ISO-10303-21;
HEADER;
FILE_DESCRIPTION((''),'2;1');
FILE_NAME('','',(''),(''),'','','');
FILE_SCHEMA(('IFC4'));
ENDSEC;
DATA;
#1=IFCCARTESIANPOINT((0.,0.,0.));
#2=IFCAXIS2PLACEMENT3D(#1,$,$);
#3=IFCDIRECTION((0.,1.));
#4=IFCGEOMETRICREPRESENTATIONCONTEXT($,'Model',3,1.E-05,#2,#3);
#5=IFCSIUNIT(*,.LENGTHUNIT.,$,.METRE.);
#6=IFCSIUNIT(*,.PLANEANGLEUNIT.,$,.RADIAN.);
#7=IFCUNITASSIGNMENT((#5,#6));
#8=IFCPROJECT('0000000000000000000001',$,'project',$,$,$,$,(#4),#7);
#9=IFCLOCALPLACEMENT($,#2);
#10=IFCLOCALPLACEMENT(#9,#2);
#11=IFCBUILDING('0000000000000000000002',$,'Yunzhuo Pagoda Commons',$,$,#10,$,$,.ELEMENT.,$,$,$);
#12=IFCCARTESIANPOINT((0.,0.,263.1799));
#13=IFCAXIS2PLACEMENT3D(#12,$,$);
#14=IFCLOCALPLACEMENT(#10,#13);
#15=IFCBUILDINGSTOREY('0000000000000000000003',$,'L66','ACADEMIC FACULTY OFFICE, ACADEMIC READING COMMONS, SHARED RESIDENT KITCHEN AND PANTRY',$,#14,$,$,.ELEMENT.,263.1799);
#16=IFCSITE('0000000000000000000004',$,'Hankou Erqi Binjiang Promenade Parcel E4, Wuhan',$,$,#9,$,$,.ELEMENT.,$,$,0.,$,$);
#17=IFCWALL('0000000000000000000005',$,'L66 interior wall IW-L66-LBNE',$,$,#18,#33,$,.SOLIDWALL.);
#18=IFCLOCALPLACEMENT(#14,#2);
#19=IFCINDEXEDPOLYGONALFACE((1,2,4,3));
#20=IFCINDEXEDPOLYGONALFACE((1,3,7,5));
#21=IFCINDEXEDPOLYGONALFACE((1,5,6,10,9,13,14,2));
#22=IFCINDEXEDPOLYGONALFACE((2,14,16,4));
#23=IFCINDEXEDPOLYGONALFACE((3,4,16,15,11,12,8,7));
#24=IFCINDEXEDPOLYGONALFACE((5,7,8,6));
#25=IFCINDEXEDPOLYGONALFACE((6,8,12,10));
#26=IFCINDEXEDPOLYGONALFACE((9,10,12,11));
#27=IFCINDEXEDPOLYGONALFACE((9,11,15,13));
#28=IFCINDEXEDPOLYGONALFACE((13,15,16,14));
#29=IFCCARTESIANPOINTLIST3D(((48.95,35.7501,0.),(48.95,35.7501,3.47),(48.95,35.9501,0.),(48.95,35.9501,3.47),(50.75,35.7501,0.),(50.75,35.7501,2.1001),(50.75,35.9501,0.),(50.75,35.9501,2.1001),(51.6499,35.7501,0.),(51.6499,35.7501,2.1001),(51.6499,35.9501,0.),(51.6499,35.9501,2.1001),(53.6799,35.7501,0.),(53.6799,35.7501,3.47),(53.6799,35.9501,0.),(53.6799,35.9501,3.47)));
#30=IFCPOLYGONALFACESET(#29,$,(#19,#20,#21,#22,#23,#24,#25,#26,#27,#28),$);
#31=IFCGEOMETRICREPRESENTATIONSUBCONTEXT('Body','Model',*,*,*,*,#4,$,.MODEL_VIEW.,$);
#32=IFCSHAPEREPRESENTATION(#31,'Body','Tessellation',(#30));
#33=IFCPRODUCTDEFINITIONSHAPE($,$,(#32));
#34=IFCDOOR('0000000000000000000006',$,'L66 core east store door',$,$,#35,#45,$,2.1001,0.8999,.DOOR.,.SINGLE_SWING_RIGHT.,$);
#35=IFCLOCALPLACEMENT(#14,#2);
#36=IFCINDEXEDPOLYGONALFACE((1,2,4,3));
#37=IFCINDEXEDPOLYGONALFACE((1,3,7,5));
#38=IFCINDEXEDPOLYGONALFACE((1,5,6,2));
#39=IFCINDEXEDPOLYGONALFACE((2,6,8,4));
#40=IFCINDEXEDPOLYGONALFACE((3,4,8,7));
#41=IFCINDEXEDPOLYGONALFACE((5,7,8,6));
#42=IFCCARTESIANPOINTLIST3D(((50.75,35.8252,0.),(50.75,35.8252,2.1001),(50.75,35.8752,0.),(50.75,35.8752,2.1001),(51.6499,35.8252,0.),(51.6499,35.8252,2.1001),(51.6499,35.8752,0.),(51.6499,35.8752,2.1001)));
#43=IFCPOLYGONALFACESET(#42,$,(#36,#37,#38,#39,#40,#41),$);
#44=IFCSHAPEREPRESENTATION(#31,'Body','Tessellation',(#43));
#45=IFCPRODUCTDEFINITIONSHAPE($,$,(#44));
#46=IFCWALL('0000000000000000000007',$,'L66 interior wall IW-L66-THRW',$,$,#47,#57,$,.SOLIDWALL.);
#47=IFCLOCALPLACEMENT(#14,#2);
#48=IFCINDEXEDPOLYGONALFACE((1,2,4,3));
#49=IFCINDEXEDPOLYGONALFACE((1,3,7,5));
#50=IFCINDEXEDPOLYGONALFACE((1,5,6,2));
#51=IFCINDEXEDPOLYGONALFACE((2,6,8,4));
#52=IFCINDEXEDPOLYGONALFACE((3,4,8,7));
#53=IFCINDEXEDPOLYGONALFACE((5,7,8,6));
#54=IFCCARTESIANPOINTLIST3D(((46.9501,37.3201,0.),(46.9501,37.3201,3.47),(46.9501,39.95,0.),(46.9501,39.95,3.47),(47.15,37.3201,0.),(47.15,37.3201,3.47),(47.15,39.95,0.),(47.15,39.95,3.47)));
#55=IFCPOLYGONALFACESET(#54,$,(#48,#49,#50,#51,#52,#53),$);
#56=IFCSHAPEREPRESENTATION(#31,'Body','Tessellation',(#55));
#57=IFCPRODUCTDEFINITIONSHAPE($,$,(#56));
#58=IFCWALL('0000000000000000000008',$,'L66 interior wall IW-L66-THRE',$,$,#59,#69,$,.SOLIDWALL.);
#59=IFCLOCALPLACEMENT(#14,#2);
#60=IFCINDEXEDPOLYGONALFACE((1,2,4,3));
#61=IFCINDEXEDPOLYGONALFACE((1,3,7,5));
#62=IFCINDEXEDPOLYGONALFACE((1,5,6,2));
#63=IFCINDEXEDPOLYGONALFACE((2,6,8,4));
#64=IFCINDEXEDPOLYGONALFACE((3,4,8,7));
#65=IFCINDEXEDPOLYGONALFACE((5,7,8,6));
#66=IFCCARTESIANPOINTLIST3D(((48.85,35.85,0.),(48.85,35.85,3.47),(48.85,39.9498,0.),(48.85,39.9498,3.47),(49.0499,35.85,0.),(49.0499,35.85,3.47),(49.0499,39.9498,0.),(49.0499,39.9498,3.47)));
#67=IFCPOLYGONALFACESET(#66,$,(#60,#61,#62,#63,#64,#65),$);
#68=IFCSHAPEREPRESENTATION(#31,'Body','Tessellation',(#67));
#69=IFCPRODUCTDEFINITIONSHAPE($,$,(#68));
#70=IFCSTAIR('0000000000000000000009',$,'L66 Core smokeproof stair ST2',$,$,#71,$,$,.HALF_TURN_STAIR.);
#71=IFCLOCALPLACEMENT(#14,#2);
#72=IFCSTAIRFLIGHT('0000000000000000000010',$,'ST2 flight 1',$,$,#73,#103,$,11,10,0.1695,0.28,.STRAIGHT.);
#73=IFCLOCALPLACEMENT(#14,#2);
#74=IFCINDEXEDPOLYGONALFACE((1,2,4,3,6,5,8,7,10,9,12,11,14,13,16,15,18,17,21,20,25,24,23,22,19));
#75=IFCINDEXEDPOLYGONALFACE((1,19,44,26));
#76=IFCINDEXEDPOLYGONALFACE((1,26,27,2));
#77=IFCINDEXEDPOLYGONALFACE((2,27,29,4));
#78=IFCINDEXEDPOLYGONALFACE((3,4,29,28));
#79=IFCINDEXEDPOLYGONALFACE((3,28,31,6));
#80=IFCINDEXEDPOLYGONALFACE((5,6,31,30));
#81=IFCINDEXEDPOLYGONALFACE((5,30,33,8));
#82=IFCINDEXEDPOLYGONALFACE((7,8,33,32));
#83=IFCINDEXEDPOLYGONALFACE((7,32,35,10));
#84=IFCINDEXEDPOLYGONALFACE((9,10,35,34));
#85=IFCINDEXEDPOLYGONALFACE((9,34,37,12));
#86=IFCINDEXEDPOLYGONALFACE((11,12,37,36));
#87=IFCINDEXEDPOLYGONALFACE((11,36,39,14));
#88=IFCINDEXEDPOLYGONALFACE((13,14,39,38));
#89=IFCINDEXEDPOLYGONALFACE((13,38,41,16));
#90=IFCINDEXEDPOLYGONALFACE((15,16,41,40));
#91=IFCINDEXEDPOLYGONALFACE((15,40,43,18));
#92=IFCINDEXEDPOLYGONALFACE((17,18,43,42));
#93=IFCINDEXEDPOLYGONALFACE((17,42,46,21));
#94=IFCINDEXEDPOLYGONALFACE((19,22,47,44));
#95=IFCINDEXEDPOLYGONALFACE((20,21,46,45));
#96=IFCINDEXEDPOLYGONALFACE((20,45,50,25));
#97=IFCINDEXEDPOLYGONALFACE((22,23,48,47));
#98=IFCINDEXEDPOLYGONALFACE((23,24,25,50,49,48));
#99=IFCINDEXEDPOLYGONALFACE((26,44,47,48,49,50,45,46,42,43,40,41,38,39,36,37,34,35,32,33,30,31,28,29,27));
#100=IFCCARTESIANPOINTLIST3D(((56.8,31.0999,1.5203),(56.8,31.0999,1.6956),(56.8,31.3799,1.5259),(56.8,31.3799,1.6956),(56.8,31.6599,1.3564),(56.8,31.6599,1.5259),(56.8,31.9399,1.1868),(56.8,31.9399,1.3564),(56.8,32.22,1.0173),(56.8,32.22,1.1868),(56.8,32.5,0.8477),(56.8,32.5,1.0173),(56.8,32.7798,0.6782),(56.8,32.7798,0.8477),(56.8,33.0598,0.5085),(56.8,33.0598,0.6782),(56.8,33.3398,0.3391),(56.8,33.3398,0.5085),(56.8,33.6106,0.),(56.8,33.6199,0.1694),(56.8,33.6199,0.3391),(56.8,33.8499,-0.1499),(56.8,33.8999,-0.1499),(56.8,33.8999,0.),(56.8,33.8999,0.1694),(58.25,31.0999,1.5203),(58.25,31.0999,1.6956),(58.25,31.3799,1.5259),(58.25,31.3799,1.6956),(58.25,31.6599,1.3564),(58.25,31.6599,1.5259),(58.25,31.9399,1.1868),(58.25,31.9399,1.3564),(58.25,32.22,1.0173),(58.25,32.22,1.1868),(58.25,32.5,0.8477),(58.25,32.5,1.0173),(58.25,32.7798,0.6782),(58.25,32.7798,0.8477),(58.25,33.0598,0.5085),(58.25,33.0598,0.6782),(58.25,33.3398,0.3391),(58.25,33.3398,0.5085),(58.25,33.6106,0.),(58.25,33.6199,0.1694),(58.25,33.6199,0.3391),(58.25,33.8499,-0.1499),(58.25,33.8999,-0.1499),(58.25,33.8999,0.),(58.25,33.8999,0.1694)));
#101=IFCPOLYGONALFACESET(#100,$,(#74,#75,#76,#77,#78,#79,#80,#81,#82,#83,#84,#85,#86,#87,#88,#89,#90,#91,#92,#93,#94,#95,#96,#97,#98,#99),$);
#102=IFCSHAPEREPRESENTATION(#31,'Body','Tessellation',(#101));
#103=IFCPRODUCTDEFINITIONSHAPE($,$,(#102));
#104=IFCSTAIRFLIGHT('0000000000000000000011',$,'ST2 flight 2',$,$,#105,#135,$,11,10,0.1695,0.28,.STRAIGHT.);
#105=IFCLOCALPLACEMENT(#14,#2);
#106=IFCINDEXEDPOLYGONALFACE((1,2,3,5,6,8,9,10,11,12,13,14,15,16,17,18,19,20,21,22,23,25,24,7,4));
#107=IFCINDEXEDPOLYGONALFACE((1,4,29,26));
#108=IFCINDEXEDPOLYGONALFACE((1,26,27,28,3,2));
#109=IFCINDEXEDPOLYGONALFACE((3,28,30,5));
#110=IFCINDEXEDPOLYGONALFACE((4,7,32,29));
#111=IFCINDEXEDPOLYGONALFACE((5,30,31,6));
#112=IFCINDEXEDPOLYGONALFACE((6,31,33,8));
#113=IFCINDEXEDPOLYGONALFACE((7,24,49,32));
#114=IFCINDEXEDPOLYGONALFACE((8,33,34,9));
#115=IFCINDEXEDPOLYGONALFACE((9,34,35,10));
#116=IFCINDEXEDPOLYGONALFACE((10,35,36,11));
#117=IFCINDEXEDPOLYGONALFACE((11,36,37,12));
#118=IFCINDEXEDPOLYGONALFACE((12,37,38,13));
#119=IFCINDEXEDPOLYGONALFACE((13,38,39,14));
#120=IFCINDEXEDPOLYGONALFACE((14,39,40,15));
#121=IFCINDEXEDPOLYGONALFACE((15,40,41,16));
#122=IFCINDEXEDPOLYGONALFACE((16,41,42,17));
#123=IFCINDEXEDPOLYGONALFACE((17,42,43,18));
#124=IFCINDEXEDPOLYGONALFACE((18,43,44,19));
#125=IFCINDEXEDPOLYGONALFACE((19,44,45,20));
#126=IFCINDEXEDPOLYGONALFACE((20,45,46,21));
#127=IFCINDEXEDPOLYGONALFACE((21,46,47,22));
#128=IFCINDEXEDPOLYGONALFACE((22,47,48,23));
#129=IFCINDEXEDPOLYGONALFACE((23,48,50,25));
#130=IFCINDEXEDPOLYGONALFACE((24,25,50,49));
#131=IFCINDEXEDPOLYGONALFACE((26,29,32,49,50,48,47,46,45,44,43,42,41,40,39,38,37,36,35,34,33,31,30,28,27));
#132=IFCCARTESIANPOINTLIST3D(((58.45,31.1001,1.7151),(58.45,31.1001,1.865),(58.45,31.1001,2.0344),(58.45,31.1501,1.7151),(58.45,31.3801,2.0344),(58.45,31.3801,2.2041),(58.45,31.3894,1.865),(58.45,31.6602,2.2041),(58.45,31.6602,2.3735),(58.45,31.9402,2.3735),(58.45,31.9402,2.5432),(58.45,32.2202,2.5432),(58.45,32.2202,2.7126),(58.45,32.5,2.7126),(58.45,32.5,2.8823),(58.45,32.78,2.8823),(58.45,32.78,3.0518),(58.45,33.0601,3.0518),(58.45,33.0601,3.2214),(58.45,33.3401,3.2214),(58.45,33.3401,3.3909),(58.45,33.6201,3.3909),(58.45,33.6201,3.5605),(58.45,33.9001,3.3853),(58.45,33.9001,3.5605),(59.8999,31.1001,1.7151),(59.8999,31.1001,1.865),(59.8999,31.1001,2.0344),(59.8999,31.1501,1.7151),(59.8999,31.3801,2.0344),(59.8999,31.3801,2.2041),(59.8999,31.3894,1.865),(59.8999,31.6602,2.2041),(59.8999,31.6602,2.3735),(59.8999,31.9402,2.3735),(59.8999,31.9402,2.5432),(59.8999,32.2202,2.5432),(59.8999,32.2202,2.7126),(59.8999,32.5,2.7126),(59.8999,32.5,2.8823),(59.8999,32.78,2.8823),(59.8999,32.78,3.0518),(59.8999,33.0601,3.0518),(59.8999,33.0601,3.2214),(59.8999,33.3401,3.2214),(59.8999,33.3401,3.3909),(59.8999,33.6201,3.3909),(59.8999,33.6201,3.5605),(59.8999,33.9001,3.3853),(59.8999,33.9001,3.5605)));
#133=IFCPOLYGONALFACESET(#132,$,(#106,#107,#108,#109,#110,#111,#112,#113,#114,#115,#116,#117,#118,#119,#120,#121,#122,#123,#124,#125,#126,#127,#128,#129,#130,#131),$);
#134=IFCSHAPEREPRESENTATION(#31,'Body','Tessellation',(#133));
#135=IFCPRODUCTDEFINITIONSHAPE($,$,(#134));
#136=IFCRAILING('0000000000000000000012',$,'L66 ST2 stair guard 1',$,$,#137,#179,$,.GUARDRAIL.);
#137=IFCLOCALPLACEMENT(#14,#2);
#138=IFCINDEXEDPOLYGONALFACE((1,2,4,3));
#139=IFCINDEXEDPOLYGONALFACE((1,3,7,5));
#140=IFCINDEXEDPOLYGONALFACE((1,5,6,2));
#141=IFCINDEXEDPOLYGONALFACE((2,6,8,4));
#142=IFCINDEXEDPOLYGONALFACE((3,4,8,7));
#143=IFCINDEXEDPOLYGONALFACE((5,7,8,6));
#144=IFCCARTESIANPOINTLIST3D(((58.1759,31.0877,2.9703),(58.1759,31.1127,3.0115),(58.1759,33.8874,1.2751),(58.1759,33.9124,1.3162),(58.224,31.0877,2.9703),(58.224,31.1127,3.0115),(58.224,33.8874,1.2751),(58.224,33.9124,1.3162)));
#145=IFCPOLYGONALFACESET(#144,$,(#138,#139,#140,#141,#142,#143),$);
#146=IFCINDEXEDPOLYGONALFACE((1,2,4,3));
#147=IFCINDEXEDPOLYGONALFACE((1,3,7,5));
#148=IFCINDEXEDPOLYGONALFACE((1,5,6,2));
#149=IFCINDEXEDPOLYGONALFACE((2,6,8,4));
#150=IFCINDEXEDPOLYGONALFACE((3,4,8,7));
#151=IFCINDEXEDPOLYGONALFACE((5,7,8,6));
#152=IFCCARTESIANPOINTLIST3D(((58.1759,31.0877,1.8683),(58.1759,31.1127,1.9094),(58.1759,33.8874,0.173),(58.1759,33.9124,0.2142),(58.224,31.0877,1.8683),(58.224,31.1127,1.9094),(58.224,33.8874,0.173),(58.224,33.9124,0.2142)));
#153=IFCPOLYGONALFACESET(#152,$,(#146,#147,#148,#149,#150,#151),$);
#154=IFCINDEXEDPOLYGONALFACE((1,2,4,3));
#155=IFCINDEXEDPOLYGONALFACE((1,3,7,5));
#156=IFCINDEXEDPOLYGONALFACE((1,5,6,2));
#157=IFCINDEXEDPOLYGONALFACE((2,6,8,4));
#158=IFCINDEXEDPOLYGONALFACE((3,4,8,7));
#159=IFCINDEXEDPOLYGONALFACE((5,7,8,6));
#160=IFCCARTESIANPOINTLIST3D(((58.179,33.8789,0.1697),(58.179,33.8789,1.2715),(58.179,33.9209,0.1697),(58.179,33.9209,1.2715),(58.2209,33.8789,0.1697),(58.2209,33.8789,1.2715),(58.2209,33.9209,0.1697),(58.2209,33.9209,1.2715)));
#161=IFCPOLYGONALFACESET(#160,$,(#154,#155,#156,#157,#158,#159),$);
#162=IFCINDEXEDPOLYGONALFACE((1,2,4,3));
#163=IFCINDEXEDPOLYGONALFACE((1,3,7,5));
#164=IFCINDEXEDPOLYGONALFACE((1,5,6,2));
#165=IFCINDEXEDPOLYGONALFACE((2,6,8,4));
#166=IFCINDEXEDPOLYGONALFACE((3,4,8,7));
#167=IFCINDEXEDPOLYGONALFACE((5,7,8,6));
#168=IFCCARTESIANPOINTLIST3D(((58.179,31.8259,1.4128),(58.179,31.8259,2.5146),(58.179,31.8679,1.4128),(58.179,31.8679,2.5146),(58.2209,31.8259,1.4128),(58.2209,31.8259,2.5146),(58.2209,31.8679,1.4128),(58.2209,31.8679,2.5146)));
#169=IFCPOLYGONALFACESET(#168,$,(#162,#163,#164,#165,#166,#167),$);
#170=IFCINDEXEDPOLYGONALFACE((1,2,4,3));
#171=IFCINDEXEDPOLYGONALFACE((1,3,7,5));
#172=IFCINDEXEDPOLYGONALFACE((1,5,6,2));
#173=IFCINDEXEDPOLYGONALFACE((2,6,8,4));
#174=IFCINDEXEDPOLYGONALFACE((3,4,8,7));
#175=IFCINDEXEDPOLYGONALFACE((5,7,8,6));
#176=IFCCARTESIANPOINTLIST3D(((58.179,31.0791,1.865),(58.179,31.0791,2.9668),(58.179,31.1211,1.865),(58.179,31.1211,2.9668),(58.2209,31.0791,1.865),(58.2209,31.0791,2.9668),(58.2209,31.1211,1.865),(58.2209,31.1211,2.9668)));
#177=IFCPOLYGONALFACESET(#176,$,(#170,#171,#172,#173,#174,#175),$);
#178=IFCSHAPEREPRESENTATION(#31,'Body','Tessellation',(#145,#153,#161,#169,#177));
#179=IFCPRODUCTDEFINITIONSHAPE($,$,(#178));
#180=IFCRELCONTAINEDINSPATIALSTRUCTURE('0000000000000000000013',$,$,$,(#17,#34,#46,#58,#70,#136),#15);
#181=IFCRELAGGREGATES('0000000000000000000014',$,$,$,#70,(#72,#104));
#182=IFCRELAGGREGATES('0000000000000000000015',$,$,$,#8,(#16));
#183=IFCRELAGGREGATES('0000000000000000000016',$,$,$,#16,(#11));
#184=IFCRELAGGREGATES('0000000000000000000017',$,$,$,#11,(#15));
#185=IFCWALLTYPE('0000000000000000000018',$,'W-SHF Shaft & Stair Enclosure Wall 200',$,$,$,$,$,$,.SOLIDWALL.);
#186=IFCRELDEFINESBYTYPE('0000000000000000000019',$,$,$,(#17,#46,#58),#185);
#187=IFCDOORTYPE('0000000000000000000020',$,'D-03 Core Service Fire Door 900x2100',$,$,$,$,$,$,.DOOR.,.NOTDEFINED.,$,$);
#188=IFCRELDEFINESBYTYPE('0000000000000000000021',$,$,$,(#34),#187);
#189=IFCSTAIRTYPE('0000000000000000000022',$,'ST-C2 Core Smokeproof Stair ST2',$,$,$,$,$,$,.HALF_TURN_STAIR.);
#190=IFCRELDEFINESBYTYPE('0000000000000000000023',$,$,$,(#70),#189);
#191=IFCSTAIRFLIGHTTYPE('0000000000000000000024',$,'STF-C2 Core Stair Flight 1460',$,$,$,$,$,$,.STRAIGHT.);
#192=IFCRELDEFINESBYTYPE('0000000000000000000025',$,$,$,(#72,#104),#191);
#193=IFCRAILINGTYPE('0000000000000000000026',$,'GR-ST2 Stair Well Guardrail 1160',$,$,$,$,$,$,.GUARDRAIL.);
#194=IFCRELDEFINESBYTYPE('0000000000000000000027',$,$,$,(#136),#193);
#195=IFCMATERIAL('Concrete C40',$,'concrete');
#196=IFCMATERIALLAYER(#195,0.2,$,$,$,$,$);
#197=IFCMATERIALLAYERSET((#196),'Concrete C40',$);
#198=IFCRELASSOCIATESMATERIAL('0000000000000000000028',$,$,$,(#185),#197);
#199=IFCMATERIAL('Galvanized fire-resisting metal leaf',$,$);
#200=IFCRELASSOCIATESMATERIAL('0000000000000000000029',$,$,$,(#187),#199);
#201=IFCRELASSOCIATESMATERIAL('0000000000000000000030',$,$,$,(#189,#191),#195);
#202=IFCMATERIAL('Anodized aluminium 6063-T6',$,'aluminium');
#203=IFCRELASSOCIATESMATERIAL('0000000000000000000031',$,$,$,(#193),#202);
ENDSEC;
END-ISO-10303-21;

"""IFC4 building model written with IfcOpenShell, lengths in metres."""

from ifc_helpers import new_model, si_unit, direction, frame, frame_2d, origin, origin_2d, place, context, subcontext, project, spatial, polyline, rectangle, outline, extrude, source, transform, mapped, material, layer, layer_set, type_object, element, fill, aggregate, save


model = new_model("IFC4")

# Units and contexts
model_context = context("Model", 3, precision=1e-05, world=origin(), true_north=direction((0.0, 1.0)))
body_context = subcontext(model_context, "Body", "Model", "MODEL_VIEW")
ifc_project = project(units=[si_unit("LENGTHUNIT", "METRE"), si_unit("PLANEANGLEUNIT", "RADIAN")], contexts=[model_context])

# Site, building, storey
site_placement = place(None, origin())
site = spatial("IfcSite", under=ifc_project, at=site_placement, Name="Hankou Erqi Binjiang Promenade Parcel E4, Wuhan", CompositionType="ELEMENT", RefElevation=0.0)
building_placement = place(site_placement, origin())
building = spatial("IfcBuilding", under=site, at=building_placement, Name="Yunzhuo Pagoda Commons", CompositionType="ELEMENT")
storey_placement = place(building_placement, frame((0.0, 0.0, 263.1799)))
storey = spatial("IfcBuildingStorey", under=building, at=storey_placement, Name="L66", Description="ACADEMIC FACULTY OFFICE, ACADEMIC READING COMMONS, SHARED RESIDENT KITCHEN AND PANTRY", CompositionType="ELEMENT", Elevation=263.1799)

# Shared definitions
ifc_material_1 = material(Name="Galvanized fire-resisting metal leaf")

# Shared definitions
ifc_material_2 = material(Name="Concrete C40", Category="concrete")
ifc_layer_1 = layer(ifc_material_2, 0.2)
ifc_layer_set_1 = layer_set([ifc_layer_1], Name="Concrete C40")
wall_type_1 = type_object("IfcWallType", Name="W-SHF Shaft & Stair Enclosure Wall 200", PredefinedType="SOLIDWALL", material=ifc_layer_set_1)

# Wall, opening, door
wall_1_placement = place(storey_placement, frame((48.95, 35.8501, 0.0), z_axis=(0.0, 0.0, 1.0), x_axis=(1.0, 0.0, 0.0)))
wall_1 = element("IfcWall", 1, at=wall_1_placement, inside=storey, type_object=wall_type_1, Name="L66 interior wall IW-L66-LBNE", PredefinedType="SOLIDWALL", context=body_context, shape_type="SweptSolid", body=[
    extrude(rectangle(XDim=4.73, YDim=0.2, at=frame_2d((2.365, 0.0))), origin(), (0.0, 0.0, 1.0), 3.47),
])
opening_1_placement = place(wall_1_placement, frame((1.8, 0.0, 0.0)))
opening_1 = element("IfcOpeningElement", 2, at=opening_1_placement, cuts=wall_1, PredefinedType="OPENING", context=body_context, shape_type="SweptSolid", body=[
    extrude(rectangle(XDim=0.8999, YDim=2.1001, at=frame_2d((0.45, 1.05))), frame((0.0, 0.1099, 0.0), z_axis=(0.0, -1.0, 0.0), x_axis=(1.0, 0.0, 0.0)), (0.0, 0.0, 1.0), 0.22),
])
door_type_1 = type_object("IfcDoorType", Name="D-03 Core Service Fire Door 900x2100", OperationType="NOTDEFINED", PredefinedType="DOOR", material=ifc_material_1)
shared_shape_1 = source(origin(), body_context, "Body", "SweptSolid", [
    extrude(rectangle(XDim=0.8999, YDim=2.1001, at=frame_2d((0.45, 1.05))), frame((0.0, 0.0249, 0.0), z_axis=(0.0, -1.0, 0.0), x_axis=(1.0, 0.0, 0.0)), (0.0, 0.0, 1.0), 0.05),
])
door_1_placement = place(opening_1_placement, frame((0.8999, 0.0, 0.0), z_axis=(0.0, 0.0, 1.0), x_axis=(-1.0, 0.0, 0.0)))
door_1 = element("IfcDoor", 3, at=door_1_placement, inside=storey, type_object=door_type_1, Name="L66 core east store door", OperationType="SINGLE_SWING_RIGHT", OverallHeight=2.1001, OverallWidth=0.8999, PredefinedType="DOOR", context=body_context, shape_type="MappedRepresentation", body=[
    mapped(shared_shape_1, transform((0.0, 0.0, 0.0), scale=1.0)),
])
fill(opening_1, door_1)

# Walls
wall_2_placement = place(storey_placement, frame((47.05, 37.3201, 0.0), z_axis=(0.0, 0.0, 1.0), x_axis=(0.0, 1.0, 0.0)))
element("IfcWall", 4, at=wall_2_placement, inside=storey, type_object=wall_type_1, Name="L66 interior wall IW-L66-THRW", PredefinedType="SOLIDWALL", context=body_context, shape_type="SweptSolid", body=[
    extrude(rectangle(XDim=2.6299, YDim=0.2, at=frame_2d((1.3149, 0.0))), origin(), (0.0, 0.0, 1.0), 3.47),
])
wall_3_placement = place(storey_placement, frame((48.95, 35.8501, 0.0), z_axis=(0.0, 0.0, 1.0), x_axis=(0.0, 1.0, 0.0)))
element("IfcWall", 5, at=wall_3_placement, inside=storey, type_object=wall_type_1, Name="L66 interior wall IW-L66-THRE", PredefinedType="SOLIDWALL", context=body_context, shape_type="SweptSolid", body=[
    extrude(rectangle(XDim=4.0999, YDim=0.2, at=frame_2d((2.0498, 0.0))), origin(), (0.0, 0.0, 1.0), 3.47),
])

# Stair, stair flights
stair_type = type_object("IfcStairType", Name="ST-C2 Core Smokeproof Stair ST2", PredefinedType="HALF_TURN_STAIR", material=ifc_material_2)
stair_placement = place(storey_placement, origin())
stair = element("IfcStair", 6, at=stair_placement, inside=storey, type_object=stair_type, Name="L66 Core smokeproof stair ST2", PredefinedType="HALF_TURN_STAIR")
stair_flight_type = type_object("IfcStairFlightType", Name="STF-C2 Core Stair Flight 1460", PredefinedType="STRAIGHT", material=ifc_material_2)
shared_shape_2 = source(origin(), body_context, "Body", "SweptSolid", [
    extrude(outline(polyline([(0.0, -0.1499), (0.0, 0.0), (0.0, 0.1694), (0.28, 0.1694), (0.28, 0.3391), (0.5601, 0.3391), (0.5601, 0.5085), (0.8401, 0.5085), (0.8401, 0.6782), (1.1201, 0.6782), (1.1201, 0.8477), (1.3999, 0.8477), (1.3999, 1.0173), (1.6799, 1.0173), (1.6799, 1.1868), (1.96, 1.1868), (1.96, 1.3564), (2.24, 1.3564), (2.24, 1.5259), (2.52, 1.5259), (2.52, 1.6956), (2.8, 1.6956), (2.8, 1.865), (2.8, 1.5203), (0.2893, 0.0), (0.05, -0.1499), (0.0, -0.1499)])), frame((0.0, 0.7251, 0.0), z_axis=(0.0, -1.0, 0.0), x_axis=(1.0, 0.0, 0.0)), (0.0, 0.0, 1.0), 1.45),
])
stair_flight_1_placement = place(storey_placement, frame((57.5249, 33.8999, 0.0), z_axis=(0.0, 0.0, 1.0), x_axis=(0.0, -1.0, 0.0)))
stair_flight_1 = element("IfcStairFlight", 7, at=stair_flight_1_placement, type_object=stair_flight_type, Name="ST2 flight 1", NumberOfRisers=11, NumberOfTreads=10, PredefinedType="STRAIGHT", RiserHeight=0.1695, TreadLength=0.28, context=body_context, shape_type="MappedRepresentation", body=[
    mapped(shared_shape_2, transform((0.0, 0.0, 0.0), scale=1.0)),
])
stair_flight_2_placement = place(storey_placement, frame((59.175, 31.1001, 1.865), z_axis=(0.0, 0.0, 1.0), x_axis=(0.0, 1.0, 0.0)))
stair_flight_2 = element("IfcStairFlight", 8, at=stair_flight_2_placement, type_object=stair_flight_type, Name="ST2 flight 2", NumberOfRisers=11, NumberOfTreads=10, PredefinedType="STRAIGHT", RiserHeight=0.1695, TreadLength=0.28, context=body_context, shape_type="MappedRepresentation", body=[
    mapped(shared_shape_2, transform((0.0, 0.0, 0.0), scale=1.0)),
])
aggregate(stair, [stair_flight_1, stair_flight_2])

# Railing
ifc_material_3 = material(Name="Anodized aluminium 6063-T6", Category="aluminium")
railing_type_1 = type_object("IfcRailingType", Name="GR-ST2 Stair Well Guardrail 1160", PredefinedType="GUARDRAIL", material=ifc_material_3)
railing_1_placement = place(storey_placement, frame((58.2, 33.8999, 0.1697)))
element("IfcRailing", 9, at=railing_1_placement, inside=storey, type_object=railing_type_1, Name="L66 ST2 stair guard 1", PredefinedType="GUARDRAIL", context=body_context, shape_type="SweptSolid", body=[
    extrude(rectangle(XDim=0.0481, YDim=0.0481, at=origin_2d()), frame((0.0, 0.0, 1.126), z_axis=(0.0, -0.855406, 0.517958), x_axis=(1.0, 0.0, 0.0)), (0.0, 0.0, 1.0), 3.2729),
    extrude(rectangle(XDim=0.0481, YDim=0.0481, at=origin_2d()), frame((0.0, 0.0, 0.0239), z_axis=(0.0, -0.855406, 0.517958), x_axis=(1.0, 0.0, 0.0)), (0.0, 0.0, 1.0), 3.2729),
    extrude(rectangle(XDim=0.042, YDim=0.042, at=origin_2d()), origin(), (0.0, 0.0, 1.0), 1.1018),
    extrude(rectangle(XDim=0.042, YDim=0.042, at=origin_2d()), frame((0.0, -2.053, 1.2432)), (0.0, 0.0, 1.0), 1.1018),
    extrude(rectangle(XDim=0.042, YDim=0.042, at=origin_2d()), frame((0.0, -2.7998, 1.6953)), (0.0, 0.0, 1.0), 1.1018),
])

save(model, "model.ifc")
